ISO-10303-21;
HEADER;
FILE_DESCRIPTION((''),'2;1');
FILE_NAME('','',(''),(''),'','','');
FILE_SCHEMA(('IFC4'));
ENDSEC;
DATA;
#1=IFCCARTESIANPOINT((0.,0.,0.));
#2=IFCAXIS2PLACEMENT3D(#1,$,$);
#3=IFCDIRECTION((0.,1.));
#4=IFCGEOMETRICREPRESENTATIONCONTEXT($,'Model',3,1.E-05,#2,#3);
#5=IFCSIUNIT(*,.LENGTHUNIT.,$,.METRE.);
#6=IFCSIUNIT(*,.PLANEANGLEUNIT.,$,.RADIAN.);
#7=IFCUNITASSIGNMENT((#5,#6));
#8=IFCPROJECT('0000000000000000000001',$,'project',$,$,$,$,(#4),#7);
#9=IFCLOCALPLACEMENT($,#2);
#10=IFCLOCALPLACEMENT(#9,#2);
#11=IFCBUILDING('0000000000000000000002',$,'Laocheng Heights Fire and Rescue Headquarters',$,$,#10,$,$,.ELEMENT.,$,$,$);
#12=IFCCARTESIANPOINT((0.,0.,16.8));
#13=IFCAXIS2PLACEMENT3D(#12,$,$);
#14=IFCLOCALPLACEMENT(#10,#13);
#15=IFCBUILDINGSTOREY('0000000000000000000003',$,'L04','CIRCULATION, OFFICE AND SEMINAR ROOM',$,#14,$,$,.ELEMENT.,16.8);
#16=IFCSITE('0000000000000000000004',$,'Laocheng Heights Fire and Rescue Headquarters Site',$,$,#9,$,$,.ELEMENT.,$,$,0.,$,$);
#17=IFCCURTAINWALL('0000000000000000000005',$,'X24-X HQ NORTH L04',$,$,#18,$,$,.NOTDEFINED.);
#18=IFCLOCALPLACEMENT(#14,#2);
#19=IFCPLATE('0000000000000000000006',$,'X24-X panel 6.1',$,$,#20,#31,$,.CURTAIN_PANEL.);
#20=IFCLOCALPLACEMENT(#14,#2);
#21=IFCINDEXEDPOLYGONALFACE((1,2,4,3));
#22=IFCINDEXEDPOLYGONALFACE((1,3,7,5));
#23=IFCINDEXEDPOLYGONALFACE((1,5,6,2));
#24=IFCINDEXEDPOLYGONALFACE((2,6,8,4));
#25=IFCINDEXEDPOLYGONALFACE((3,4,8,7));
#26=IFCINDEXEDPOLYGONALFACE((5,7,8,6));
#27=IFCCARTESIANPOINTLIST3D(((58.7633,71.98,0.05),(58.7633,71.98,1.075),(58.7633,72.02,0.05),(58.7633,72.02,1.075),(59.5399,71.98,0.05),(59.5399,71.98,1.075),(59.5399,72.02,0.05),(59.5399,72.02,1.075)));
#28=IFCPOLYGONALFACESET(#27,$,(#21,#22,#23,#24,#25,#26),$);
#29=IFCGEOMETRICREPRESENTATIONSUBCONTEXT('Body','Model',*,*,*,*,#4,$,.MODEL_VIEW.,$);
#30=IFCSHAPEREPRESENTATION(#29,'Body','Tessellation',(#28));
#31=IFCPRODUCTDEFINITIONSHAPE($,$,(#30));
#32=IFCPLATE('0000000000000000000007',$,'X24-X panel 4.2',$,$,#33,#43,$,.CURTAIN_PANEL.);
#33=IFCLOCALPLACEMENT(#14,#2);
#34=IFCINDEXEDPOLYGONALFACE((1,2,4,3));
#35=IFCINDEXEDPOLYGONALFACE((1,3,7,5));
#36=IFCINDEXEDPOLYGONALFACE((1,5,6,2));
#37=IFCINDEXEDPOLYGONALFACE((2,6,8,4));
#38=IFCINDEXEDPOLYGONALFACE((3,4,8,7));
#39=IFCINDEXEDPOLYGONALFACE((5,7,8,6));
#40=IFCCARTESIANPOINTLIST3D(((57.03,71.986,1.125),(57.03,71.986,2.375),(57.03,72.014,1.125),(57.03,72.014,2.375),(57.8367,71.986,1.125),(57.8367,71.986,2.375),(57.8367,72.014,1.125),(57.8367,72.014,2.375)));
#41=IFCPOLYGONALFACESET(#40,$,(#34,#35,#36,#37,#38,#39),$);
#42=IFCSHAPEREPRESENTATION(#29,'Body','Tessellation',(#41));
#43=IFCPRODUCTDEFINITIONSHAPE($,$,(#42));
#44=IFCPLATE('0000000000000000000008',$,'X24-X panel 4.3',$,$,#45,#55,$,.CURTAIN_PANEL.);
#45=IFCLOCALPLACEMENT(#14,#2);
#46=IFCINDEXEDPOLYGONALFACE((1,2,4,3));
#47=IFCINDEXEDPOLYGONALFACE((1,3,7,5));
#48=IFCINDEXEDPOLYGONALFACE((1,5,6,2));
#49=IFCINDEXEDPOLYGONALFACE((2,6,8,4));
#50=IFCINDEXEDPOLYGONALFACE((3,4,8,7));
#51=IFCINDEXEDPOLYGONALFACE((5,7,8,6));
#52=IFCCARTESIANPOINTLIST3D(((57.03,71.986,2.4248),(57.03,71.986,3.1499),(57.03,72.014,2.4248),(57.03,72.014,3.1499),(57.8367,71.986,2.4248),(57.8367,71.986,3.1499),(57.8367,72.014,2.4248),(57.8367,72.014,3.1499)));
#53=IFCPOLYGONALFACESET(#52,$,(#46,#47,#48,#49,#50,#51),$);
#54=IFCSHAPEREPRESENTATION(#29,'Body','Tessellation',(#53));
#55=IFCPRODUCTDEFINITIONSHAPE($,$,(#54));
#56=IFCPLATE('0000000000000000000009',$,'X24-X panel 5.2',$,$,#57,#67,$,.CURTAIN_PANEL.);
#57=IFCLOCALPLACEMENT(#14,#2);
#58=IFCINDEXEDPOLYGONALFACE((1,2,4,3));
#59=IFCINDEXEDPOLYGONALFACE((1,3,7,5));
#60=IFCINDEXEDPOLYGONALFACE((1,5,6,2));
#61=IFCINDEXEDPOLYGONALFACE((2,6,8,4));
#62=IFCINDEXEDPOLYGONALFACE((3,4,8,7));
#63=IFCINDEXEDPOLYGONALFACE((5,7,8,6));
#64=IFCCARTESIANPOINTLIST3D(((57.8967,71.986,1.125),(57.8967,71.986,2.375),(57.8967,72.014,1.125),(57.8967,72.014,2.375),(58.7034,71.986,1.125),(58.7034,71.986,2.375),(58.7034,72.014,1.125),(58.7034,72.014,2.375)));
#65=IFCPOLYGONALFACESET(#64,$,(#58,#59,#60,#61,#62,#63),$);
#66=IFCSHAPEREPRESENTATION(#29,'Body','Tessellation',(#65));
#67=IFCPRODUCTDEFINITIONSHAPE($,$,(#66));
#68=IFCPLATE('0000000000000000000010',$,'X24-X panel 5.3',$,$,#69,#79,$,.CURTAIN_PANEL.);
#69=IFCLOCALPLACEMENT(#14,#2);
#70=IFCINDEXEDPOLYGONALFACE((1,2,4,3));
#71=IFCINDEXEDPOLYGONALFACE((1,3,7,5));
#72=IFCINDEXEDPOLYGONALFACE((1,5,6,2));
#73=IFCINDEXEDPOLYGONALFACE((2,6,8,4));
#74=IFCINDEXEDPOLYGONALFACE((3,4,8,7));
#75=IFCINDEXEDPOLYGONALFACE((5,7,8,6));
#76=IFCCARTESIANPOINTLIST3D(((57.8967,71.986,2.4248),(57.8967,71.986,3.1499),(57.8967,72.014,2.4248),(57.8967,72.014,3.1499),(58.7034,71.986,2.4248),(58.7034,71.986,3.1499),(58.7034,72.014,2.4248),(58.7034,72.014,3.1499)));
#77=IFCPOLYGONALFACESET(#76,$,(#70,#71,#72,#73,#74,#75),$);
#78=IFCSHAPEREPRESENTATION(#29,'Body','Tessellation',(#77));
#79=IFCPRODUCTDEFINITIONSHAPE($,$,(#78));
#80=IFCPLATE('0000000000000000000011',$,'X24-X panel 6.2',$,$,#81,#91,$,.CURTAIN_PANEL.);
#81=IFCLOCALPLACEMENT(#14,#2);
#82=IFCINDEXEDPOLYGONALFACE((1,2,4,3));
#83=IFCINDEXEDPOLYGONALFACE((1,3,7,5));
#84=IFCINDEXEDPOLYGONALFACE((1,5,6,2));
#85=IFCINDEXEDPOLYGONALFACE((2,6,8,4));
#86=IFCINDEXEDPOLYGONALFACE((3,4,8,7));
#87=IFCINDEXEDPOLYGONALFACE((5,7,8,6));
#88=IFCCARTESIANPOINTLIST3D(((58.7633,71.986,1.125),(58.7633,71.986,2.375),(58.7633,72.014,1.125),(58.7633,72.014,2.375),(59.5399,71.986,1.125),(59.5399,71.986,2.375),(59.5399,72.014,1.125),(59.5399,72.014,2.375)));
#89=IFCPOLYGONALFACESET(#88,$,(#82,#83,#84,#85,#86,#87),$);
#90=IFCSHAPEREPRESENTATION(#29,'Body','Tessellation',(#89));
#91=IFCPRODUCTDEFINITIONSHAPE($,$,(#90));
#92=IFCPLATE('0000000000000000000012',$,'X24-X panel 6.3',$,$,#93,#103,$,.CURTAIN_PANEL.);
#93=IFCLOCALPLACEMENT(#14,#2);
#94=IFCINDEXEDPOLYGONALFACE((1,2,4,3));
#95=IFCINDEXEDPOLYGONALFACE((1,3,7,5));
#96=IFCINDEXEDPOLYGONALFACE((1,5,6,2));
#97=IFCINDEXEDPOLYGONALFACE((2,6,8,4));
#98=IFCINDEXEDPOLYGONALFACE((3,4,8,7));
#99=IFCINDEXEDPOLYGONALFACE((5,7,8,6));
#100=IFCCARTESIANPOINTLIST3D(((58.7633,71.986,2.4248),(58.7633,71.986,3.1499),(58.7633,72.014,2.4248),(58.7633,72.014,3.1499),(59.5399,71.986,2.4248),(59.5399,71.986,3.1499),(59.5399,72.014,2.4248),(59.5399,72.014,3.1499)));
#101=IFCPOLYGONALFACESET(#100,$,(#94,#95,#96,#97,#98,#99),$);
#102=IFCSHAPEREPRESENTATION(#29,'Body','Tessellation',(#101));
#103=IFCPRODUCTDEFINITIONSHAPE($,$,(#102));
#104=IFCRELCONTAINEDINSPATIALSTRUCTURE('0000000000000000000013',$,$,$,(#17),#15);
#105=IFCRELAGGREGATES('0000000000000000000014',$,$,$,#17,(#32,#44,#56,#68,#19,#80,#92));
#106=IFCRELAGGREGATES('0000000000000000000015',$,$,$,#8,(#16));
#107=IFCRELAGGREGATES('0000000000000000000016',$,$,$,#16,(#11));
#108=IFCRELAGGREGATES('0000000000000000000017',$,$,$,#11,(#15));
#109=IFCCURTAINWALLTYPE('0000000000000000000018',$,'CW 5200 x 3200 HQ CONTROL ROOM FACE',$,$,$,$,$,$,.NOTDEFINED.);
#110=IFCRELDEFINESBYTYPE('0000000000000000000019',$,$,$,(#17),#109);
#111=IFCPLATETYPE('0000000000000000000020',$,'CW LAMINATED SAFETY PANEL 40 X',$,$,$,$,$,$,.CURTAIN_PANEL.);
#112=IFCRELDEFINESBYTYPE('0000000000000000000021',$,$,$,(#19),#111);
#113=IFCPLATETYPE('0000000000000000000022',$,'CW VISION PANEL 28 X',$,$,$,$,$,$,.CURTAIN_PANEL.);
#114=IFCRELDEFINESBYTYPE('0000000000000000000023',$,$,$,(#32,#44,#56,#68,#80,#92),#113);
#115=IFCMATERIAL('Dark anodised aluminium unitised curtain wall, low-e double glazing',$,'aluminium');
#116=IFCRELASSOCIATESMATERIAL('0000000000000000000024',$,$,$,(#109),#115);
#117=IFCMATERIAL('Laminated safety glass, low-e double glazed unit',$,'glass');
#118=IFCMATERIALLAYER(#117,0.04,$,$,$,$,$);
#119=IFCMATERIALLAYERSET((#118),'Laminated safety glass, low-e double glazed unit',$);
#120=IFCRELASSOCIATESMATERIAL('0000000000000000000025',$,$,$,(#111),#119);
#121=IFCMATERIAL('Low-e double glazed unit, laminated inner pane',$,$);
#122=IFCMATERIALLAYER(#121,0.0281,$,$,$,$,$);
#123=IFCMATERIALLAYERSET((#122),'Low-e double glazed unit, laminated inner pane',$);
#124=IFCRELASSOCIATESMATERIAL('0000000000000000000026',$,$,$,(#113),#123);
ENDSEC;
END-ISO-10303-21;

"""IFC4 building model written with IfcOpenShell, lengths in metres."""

from ifc_helpers import new_model, si_unit, direction, frame, origin, origin_2d, place, context, subcontext, project, spatial, rectangle, extrude, material, layer, layer_set, type_object, element, aggregate, save


model = new_model("IFC4")

# Units and contexts
model_context = context("Model", 3, precision=1e-05, world=origin(), true_north=direction((0.0, 1.0)))
body_context = subcontext(model_context, "Body", "Model", "MODEL_VIEW")
ifc_project = project(units=[si_unit("LENGTHUNIT", "METRE"), si_unit("PLANEANGLEUNIT", "RADIAN")], contexts=[model_context])

# Site, building, storey
site_placement = place(None, origin())
site = spatial("IfcSite", under=ifc_project, at=site_placement, Name="Laocheng Heights Fire and Rescue Headquarters Site", CompositionType="ELEMENT", RefElevation=0.0)
building_placement = place(site_placement, origin())
building = spatial("IfcBuilding", under=site, at=building_placement, Name="Laocheng Heights Fire and Rescue Headquarters", CompositionType="ELEMENT")
storey_placement = place(building_placement, frame((0.0, 0.0, 16.8)))
storey = spatial("IfcBuildingStorey", under=building, at=storey_placement, Name="L04", Description="CIRCULATION, OFFICE AND SEMINAR ROOM", CompositionType="ELEMENT", Elevation=16.8)

# Curtain wall
ifc_material_1 = material(Name="Dark anodised aluminium unitised curtain wall, low-e double glazing", Category="aluminium")
curtain_wall_type_1 = type_object("IfcCurtainWallType", Name="CW 5200 x 3200 HQ CONTROL ROOM FACE", PredefinedType="NOTDEFINED", material=ifc_material_1)
curtain_wall_1_placement = place(storey_placement, origin())
curtain_wall_1 = element("IfcCurtainWall", 1, at=curtain_wall_1_placement, inside=storey, type_object=curtain_wall_type_1, Name="X24-X HQ NORTH L04", PredefinedType="NOTDEFINED")

# Plates
ifc_material_2 = material(Name="Laminated safety glass, low-e double glazed unit", Category="glass")
ifc_layer_1 = layer(ifc_material_2, 0.04)
ifc_layer_set_1 = layer_set([ifc_layer_1], Name="Laminated safety glass, low-e double glazed unit")
plate_type_1 = type_object("IfcPlateType", Name="CW LAMINATED SAFETY PANEL 40 X", PredefinedType="CURTAIN_PANEL", material=ifc_layer_set_1)
plate_1_placement = place(storey_placement, frame((59.1516, 72.0, 0.05), z_axis=(0.0, 0.0, 1.0), x_axis=(1.0, 0.0, 0.0)))
plate_1 = element("IfcPlate", 2, at=plate_1_placement, type_object=plate_type_1, Name="X24-X panel 6.1", PredefinedType="CURTAIN_PANEL", context=body_context, shape_type="SweptSolid", body=[
    extrude(rectangle(XDim=0.7766, YDim=0.04, at=origin_2d()), origin(), (0.0, 0.0, 1.0), 1.0249),
])
ifc_material_3 = material(Name="Low-e double glazed unit, laminated inner pane")
ifc_layer_2 = layer(ifc_material_3, 0.0281)
ifc_layer_set_2 = layer_set([ifc_layer_2], Name="Low-e double glazed unit, laminated inner pane")
plate_type_2 = type_object("IfcPlateType", Name="CW VISION PANEL 28 X", PredefinedType="CURTAIN_PANEL", material=ifc_layer_set_2)
plate_2_placement = place(storey_placement, frame((57.4333, 72.0, 1.125), z_axis=(0.0, 0.0, 1.0), x_axis=(1.0, 0.0, 0.0)))
plate_2 = element("IfcPlate", 3, at=plate_2_placement, type_object=plate_type_2, Name="X24-X panel 4.2", PredefinedType="CURTAIN_PANEL", context=body_context, shape_type="SweptSolid", body=[
    extrude(rectangle(XDim=0.8066, YDim=0.0281, at=origin_2d()), origin(), (0.0, 0.0, 1.0), 1.25),
])
plate_3_placement = place(storey_placement, frame((57.4333, 72.0, 2.4248), z_axis=(0.0, 0.0, 1.0), x_axis=(1.0, 0.0, 0.0)))
plate_3 = element("IfcPlate", 4, at=plate_3_placement, type_object=plate_type_2, Name="X24-X panel 4.3", PredefinedType="CURTAIN_PANEL", context=body_context, shape_type="SweptSolid", body=[
    extrude(rectangle(XDim=0.8066, YDim=0.0281, at=origin_2d()), origin(), (0.0, 0.0, 1.0), 0.7251),
])
plate_4_placement = place(storey_placement, frame((58.3, 72.0, 1.125), z_axis=(0.0, 0.0, 1.0), x_axis=(1.0, 0.0, 0.0)))
plate_4 = element("IfcPlate", 5, at=plate_4_placement, type_object=plate_type_2, Name="X24-X panel 5.2", PredefinedType="CURTAIN_PANEL", context=body_context, shape_type="SweptSolid", body=[
    extrude(rectangle(XDim=0.8066, YDim=0.0281, at=origin_2d()), origin(), (0.0, 0.0, 1.0), 1.25),
])
plate_5_placement = place(storey_placement, frame((58.3, 72.0, 2.4248), z_axis=(0.0, 0.0, 1.0), x_axis=(1.0, 0.0, 0.0)))
plate_5 = element("IfcPlate", 6, at=plate_5_placement, type_object=plate_type_2, Name="X24-X panel 5.3", PredefinedType="CURTAIN_PANEL", context=body_context, shape_type="SweptSolid", body=[
    extrude(rectangle(XDim=0.8066, YDim=0.0281, at=origin_2d()), origin(), (0.0, 0.0, 1.0), 0.7251),
])
plate_6_placement = place(storey_placement, frame((59.1516, 72.0, 1.125), z_axis=(0.0, 0.0, 1.0), x_axis=(1.0, 0.0, 0.0)))
plate_6 = element("IfcPlate", 7, at=plate_6_placement, type_object=plate_type_2, Name="X24-X panel 6.2", PredefinedType="CURTAIN_PANEL", context=body_context, shape_type="SweptSolid", body=[
    extrude(rectangle(XDim=0.7766, YDim=0.0281, at=origin_2d()), origin(), (0.0, 0.0, 1.0), 1.25),
])
plate_7_placement = place(storey_placement, frame((59.1516, 72.0, 2.4248), z_axis=(0.0, 0.0, 1.0), x_axis=(1.0, 0.0, 0.0)))
plate_7 = element("IfcPlate", 8, at=plate_7_placement, type_object=plate_type_2, Name="X24-X panel 6.3", PredefinedType="CURTAIN_PANEL", context=body_context, shape_type="SweptSolid", body=[
    extrude(rectangle(XDim=0.7766, YDim=0.0281, at=origin_2d()), origin(), (0.0, 0.0, 1.0), 0.7251),
])
aggregate(curtain_wall_1, [plate_2, plate_3, plate_4, plate_5, plate_1, plate_6, plate_7])

save(model, "model.ifc")
